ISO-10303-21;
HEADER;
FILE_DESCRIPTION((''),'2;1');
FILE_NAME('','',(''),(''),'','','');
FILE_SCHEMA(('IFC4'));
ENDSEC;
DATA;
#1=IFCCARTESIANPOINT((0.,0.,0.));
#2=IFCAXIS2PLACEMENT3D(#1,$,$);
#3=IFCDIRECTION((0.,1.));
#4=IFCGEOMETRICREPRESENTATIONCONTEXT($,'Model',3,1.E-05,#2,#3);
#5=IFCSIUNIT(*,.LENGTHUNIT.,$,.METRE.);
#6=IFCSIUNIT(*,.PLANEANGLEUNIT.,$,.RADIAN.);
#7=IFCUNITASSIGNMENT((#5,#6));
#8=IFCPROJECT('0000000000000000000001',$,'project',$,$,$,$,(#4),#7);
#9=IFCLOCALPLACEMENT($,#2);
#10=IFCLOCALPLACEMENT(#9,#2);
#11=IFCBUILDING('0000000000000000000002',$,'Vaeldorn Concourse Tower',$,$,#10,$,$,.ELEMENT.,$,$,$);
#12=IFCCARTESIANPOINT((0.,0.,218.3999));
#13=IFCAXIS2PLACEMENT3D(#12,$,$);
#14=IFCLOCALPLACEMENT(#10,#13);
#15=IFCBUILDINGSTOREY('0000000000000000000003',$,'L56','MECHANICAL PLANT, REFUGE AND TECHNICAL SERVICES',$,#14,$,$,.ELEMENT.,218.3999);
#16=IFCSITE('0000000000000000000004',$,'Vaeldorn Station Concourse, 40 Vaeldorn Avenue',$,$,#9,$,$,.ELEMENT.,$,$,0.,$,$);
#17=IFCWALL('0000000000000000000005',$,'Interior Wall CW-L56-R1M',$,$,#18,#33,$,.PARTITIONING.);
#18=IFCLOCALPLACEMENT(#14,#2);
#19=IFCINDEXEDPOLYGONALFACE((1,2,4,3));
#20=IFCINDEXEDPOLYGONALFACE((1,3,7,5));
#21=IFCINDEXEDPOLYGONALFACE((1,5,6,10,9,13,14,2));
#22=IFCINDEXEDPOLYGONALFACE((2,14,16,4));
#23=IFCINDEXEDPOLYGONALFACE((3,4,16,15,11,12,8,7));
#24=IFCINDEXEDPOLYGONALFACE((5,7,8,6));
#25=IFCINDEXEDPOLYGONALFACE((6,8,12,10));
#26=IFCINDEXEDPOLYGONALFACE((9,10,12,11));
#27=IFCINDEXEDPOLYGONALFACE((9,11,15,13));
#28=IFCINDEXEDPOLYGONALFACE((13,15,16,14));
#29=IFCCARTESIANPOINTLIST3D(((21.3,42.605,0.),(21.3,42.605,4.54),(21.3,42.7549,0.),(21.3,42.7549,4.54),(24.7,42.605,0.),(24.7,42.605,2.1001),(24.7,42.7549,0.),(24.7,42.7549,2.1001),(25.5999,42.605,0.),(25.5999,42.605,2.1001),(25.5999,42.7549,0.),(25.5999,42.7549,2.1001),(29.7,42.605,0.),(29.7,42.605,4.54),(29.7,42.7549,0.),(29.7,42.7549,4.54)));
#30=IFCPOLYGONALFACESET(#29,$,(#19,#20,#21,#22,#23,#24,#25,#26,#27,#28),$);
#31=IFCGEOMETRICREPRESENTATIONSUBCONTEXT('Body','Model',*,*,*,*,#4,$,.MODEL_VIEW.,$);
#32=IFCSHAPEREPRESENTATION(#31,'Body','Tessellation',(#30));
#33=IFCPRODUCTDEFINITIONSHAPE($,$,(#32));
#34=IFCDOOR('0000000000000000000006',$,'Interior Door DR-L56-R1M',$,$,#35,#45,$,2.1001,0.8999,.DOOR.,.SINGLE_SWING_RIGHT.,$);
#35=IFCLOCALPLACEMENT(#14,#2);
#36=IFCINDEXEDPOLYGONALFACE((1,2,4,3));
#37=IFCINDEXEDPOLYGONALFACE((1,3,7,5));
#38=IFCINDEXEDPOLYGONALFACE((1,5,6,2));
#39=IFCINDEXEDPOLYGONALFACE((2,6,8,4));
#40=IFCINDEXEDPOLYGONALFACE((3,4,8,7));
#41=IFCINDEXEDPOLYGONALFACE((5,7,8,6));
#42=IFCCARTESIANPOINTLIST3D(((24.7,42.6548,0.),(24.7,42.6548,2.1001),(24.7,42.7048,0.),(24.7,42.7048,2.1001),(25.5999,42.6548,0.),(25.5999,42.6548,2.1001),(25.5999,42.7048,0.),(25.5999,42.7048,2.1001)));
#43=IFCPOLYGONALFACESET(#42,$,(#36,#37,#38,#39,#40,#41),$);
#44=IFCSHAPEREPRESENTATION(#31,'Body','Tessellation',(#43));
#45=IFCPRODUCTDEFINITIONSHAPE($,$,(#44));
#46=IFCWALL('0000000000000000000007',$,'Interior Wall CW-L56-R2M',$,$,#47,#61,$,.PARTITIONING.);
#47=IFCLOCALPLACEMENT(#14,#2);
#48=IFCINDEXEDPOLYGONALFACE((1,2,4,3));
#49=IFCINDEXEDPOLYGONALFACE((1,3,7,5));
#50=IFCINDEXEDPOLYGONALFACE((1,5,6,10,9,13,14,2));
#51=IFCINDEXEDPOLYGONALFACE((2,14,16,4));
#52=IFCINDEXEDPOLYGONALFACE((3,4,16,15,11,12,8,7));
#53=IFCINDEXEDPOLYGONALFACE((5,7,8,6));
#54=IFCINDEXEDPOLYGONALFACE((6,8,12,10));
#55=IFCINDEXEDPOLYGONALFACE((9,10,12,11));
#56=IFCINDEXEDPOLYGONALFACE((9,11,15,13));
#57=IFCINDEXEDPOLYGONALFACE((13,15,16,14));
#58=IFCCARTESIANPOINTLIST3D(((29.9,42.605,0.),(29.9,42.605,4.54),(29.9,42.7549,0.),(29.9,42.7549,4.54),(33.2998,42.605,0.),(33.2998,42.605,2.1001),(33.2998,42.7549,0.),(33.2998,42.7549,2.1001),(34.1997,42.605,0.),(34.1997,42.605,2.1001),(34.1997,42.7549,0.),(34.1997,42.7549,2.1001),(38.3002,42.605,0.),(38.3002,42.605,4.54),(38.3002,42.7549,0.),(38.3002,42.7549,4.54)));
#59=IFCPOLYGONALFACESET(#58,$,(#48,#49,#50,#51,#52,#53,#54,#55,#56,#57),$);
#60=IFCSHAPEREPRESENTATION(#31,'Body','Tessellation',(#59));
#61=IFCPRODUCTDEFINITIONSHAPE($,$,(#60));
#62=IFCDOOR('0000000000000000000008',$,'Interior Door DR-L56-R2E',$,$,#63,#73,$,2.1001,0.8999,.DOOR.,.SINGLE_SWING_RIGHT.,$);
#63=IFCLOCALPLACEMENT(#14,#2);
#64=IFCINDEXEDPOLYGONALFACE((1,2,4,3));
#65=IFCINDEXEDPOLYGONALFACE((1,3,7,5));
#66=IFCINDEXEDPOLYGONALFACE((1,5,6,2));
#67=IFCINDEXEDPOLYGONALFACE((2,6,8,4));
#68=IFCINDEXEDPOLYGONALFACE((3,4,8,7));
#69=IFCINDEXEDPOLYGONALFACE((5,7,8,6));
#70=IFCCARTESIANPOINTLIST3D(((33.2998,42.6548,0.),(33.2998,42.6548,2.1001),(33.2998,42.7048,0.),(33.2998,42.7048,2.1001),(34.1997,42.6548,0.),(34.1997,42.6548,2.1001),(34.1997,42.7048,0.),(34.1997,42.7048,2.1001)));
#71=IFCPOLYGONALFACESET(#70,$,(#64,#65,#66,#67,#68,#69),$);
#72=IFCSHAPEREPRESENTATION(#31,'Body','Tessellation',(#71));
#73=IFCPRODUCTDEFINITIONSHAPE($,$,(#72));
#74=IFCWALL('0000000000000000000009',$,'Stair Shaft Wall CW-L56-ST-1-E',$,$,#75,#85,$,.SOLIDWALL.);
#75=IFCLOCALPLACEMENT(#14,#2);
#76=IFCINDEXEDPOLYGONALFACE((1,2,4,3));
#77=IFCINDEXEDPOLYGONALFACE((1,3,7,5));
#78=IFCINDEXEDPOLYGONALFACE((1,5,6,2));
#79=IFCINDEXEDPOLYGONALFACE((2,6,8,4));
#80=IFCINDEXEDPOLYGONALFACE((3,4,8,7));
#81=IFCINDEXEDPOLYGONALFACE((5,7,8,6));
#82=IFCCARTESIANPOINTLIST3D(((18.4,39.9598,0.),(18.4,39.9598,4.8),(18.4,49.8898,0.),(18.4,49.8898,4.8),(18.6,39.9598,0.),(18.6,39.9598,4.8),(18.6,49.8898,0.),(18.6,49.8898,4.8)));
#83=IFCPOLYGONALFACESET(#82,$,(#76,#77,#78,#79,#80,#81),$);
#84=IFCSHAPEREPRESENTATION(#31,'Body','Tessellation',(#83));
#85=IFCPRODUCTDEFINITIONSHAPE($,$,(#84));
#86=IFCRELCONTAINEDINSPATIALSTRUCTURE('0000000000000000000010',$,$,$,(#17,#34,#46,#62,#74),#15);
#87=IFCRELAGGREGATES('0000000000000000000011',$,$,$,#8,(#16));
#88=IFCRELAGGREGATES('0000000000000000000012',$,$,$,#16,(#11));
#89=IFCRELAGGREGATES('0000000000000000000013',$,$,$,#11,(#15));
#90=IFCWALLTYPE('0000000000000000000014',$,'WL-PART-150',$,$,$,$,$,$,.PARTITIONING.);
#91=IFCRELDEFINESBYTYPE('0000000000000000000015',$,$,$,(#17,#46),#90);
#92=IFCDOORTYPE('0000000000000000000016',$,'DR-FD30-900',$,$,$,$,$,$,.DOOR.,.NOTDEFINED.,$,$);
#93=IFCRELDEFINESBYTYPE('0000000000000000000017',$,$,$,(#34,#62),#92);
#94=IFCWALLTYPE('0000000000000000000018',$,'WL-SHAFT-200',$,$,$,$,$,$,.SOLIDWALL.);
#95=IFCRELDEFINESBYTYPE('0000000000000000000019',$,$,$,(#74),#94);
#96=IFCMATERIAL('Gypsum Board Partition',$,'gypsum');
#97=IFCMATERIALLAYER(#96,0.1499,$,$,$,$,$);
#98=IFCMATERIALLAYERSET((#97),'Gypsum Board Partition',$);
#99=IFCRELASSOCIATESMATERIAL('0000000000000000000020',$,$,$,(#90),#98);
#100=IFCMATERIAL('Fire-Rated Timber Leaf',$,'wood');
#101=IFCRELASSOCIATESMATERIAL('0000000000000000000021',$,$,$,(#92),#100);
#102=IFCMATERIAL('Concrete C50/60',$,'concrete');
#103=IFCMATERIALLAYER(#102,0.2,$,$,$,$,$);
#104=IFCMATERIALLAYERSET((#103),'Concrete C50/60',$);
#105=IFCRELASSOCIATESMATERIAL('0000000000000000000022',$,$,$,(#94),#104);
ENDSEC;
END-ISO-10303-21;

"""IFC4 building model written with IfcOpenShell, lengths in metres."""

from ifc_helpers import new_model, si_unit, direction, frame, frame_2d, origin, place, context, subcontext, project, spatial, rectangle, extrude, source, transform, mapped, material, layer, layer_set, type_object, element, fill, save


model = new_model("IFC4")

# Units and contexts
model_context = context("Model", 3, precision=1e-05, world=origin(), true_north=direction((0.0, 1.0)))
body_context = subcontext(model_context, "Body", "Model", "MODEL_VIEW")
ifc_project = project(units=[si_unit("LENGTHUNIT", "METRE"), si_unit("PLANEANGLEUNIT", "RADIAN")], contexts=[model_context])

# Site, building, storey
site_placement = place(None, origin())
site = spatial("IfcSite", under=ifc_project, at=site_placement, Name="Vaeldorn Station Concourse, 40 Vaeldorn Avenue", CompositionType="ELEMENT", RefElevation=0.0)
building_placement = place(site_placement, origin())
building = spatial("IfcBuilding", under=site, at=building_placement, Name="Vaeldorn Concourse Tower", CompositionType="ELEMENT")
storey_placement = place(building_placement, frame((0.0, 0.0, 218.3999)))
storey = spatial("IfcBuildingStorey", under=building, at=storey_placement, Name="L56", Description="MECHANICAL PLANT, REFUGE AND TECHNICAL SERVICES", CompositionType="ELEMENT", Elevation=218.3999)

# Shared definitions
ifc_material_1 = material(Name="Concrete C50/60", Category="concrete")

# Walls, openings, doors
ifc_material_2 = material(Name="Gypsum Board Partition", Category="gypsum")
ifc_layer_1 = layer(ifc_material_2, 0.1499)
ifc_layer_set_1 = layer_set([ifc_layer_1], Name="Gypsum Board Partition")
wall_type_1 = type_object("IfcWallType", Name="WL-PART-150", PredefinedType="PARTITIONING", material=ifc_layer_set_1)
wall_1_placement = place(storey_placement, frame((21.3, 42.6799, 0.0), z_axis=(0.0, 0.0, 1.0), x_axis=(1.0, 0.0, 0.0)))
wall_1 = element("IfcWall", 1, at=wall_1_placement, inside=storey, type_object=wall_type_1, Name="Interior Wall CW-L56-R1M", PredefinedType="PARTITIONING", context=body_context, shape_type="SweptSolid", body=[
    extrude(rectangle(XDim=8.3999, YDim=0.1499, at=frame_2d((4.2, 0.0))), origin(), (0.0, 0.0, 1.0), 4.54),
])
opening_1_placement = place(wall_1_placement, frame((3.3999, 0.0, 0.0)))
opening_1 = element("IfcOpeningElement", 2, at=opening_1_placement, cuts=wall_1, PredefinedType="OPENING", context=body_context, shape_type="SweptSolid", body=[
    extrude(rectangle(XDim=0.8999, YDim=2.1001, at=frame_2d((0.45, 1.05))), frame((0.0, 0.085, 0.0), z_axis=(0.0, -1.0, 0.0), x_axis=(1.0, 0.0, 0.0)), (0.0, 0.0, 1.0), 0.1699),
])
ifc_material_3 = material(Name="Fire-Rated Timber Leaf", Category="wood")
door_type_1 = type_object("IfcDoorType", Name="DR-FD30-900", OperationType="NOTDEFINED", PredefinedType="DOOR", material=ifc_material_3)
shared_shape_1 = source(origin(), body_context, "Body", "SweptSolid", [
    extrude(rectangle(XDim=0.8999, YDim=2.1001, at=frame_2d((0.45, 1.05))), frame((0.0, 0.0249, 0.0), z_axis=(0.0, -1.0, 0.0), x_axis=(1.0, 0.0, 0.0)), (0.0, 0.0, 1.0), 0.05),
])
door_1_placement = place(opening_1_placement, origin())
door_1 = element("IfcDoor", 3, at=door_1_placement, inside=storey, type_object=door_type_1, Name="Interior Door DR-L56-R1M", OperationType="SINGLE_SWING_RIGHT", OverallHeight=2.1001, OverallWidth=0.8999, PredefinedType="DOOR", context=body_context, shape_type="MappedRepresentation", body=[
    mapped(shared_shape_1, transform((0.0, 0.0, 0.0), scale=1.0)),
])
fill(opening_1, door_1)
wall_2_placement = place(storey_placement, frame((29.8999, 42.6799, 0.0), z_axis=(0.0, 0.0, 1.0), x_axis=(1.0, 0.0, 0.0)))
wall_2 = element("IfcWall", 4, at=wall_2_placement, inside=storey, type_object=wall_type_1, Name="Interior Wall CW-L56-R2M", PredefinedType="PARTITIONING", context=body_context, shape_type="SweptSolid", body=[
    extrude(rectangle(XDim=8.4001, YDim=0.1499, at=frame_2d((4.2002, 0.0))), origin(), (0.0, 0.0, 1.0), 4.54),
])
opening_2_placement = place(wall_2_placement, frame((3.3999, 0.0, 0.0)))
opening_2 = element("IfcOpeningElement", 5, at=opening_2_placement, cuts=wall_2, PredefinedType="OPENING", context=body_context, shape_type="SweptSolid", body=[
    extrude(rectangle(XDim=0.8999, YDim=2.1001, at=frame_2d((0.45, 1.05))), frame((0.0, 0.085, 0.0), z_axis=(0.0, -1.0, 0.0), x_axis=(1.0, 0.0, 0.0)), (0.0, 0.0, 1.0), 0.1699),
])
door_2_placement = place(opening_2_placement, origin())
door_2 = element("IfcDoor", 6, at=door_2_placement, inside=storey, type_object=door_type_1, Name="Interior Door DR-L56-R2E", OperationType="SINGLE_SWING_RIGHT", OverallHeight=2.1001, OverallWidth=0.8999, PredefinedType="DOOR", context=body_context, shape_type="MappedRepresentation", body=[
    mapped(shared_shape_1, transform((0.0, 0.0, 0.0), scale=1.0)),
])
fill(opening_2, door_2)

# Wall
ifc_layer_2 = layer(ifc_material_1, 0.2)
ifc_layer_set_2 = layer_set([ifc_layer_2], Name="Concrete C50/60")
wall_type_2 = type_object("IfcWallType", Name="WL-SHAFT-200", PredefinedType="SOLIDWALL", material=ifc_layer_set_2)
wall_3_placement = place(storey_placement, frame((18.5, 39.96, 0.0), z_axis=(0.0, 0.0, 1.0), x_axis=(0.0, 1.0, 0.0)))
element("IfcWall", 7, at=wall_3_placement, inside=storey, type_object=wall_type_2, Name="Stair Shaft Wall CW-L56-ST-1-E", PredefinedType="SOLIDWALL", context=body_context, shape_type="SweptSolid", body=[
    extrude(rectangle(XDim=9.9299, YDim=0.2, at=frame_2d((4.9648, 0.0))), origin(), (0.0, 0.0, 1.0), 4.8),
])

save(model, "model.ifc")
